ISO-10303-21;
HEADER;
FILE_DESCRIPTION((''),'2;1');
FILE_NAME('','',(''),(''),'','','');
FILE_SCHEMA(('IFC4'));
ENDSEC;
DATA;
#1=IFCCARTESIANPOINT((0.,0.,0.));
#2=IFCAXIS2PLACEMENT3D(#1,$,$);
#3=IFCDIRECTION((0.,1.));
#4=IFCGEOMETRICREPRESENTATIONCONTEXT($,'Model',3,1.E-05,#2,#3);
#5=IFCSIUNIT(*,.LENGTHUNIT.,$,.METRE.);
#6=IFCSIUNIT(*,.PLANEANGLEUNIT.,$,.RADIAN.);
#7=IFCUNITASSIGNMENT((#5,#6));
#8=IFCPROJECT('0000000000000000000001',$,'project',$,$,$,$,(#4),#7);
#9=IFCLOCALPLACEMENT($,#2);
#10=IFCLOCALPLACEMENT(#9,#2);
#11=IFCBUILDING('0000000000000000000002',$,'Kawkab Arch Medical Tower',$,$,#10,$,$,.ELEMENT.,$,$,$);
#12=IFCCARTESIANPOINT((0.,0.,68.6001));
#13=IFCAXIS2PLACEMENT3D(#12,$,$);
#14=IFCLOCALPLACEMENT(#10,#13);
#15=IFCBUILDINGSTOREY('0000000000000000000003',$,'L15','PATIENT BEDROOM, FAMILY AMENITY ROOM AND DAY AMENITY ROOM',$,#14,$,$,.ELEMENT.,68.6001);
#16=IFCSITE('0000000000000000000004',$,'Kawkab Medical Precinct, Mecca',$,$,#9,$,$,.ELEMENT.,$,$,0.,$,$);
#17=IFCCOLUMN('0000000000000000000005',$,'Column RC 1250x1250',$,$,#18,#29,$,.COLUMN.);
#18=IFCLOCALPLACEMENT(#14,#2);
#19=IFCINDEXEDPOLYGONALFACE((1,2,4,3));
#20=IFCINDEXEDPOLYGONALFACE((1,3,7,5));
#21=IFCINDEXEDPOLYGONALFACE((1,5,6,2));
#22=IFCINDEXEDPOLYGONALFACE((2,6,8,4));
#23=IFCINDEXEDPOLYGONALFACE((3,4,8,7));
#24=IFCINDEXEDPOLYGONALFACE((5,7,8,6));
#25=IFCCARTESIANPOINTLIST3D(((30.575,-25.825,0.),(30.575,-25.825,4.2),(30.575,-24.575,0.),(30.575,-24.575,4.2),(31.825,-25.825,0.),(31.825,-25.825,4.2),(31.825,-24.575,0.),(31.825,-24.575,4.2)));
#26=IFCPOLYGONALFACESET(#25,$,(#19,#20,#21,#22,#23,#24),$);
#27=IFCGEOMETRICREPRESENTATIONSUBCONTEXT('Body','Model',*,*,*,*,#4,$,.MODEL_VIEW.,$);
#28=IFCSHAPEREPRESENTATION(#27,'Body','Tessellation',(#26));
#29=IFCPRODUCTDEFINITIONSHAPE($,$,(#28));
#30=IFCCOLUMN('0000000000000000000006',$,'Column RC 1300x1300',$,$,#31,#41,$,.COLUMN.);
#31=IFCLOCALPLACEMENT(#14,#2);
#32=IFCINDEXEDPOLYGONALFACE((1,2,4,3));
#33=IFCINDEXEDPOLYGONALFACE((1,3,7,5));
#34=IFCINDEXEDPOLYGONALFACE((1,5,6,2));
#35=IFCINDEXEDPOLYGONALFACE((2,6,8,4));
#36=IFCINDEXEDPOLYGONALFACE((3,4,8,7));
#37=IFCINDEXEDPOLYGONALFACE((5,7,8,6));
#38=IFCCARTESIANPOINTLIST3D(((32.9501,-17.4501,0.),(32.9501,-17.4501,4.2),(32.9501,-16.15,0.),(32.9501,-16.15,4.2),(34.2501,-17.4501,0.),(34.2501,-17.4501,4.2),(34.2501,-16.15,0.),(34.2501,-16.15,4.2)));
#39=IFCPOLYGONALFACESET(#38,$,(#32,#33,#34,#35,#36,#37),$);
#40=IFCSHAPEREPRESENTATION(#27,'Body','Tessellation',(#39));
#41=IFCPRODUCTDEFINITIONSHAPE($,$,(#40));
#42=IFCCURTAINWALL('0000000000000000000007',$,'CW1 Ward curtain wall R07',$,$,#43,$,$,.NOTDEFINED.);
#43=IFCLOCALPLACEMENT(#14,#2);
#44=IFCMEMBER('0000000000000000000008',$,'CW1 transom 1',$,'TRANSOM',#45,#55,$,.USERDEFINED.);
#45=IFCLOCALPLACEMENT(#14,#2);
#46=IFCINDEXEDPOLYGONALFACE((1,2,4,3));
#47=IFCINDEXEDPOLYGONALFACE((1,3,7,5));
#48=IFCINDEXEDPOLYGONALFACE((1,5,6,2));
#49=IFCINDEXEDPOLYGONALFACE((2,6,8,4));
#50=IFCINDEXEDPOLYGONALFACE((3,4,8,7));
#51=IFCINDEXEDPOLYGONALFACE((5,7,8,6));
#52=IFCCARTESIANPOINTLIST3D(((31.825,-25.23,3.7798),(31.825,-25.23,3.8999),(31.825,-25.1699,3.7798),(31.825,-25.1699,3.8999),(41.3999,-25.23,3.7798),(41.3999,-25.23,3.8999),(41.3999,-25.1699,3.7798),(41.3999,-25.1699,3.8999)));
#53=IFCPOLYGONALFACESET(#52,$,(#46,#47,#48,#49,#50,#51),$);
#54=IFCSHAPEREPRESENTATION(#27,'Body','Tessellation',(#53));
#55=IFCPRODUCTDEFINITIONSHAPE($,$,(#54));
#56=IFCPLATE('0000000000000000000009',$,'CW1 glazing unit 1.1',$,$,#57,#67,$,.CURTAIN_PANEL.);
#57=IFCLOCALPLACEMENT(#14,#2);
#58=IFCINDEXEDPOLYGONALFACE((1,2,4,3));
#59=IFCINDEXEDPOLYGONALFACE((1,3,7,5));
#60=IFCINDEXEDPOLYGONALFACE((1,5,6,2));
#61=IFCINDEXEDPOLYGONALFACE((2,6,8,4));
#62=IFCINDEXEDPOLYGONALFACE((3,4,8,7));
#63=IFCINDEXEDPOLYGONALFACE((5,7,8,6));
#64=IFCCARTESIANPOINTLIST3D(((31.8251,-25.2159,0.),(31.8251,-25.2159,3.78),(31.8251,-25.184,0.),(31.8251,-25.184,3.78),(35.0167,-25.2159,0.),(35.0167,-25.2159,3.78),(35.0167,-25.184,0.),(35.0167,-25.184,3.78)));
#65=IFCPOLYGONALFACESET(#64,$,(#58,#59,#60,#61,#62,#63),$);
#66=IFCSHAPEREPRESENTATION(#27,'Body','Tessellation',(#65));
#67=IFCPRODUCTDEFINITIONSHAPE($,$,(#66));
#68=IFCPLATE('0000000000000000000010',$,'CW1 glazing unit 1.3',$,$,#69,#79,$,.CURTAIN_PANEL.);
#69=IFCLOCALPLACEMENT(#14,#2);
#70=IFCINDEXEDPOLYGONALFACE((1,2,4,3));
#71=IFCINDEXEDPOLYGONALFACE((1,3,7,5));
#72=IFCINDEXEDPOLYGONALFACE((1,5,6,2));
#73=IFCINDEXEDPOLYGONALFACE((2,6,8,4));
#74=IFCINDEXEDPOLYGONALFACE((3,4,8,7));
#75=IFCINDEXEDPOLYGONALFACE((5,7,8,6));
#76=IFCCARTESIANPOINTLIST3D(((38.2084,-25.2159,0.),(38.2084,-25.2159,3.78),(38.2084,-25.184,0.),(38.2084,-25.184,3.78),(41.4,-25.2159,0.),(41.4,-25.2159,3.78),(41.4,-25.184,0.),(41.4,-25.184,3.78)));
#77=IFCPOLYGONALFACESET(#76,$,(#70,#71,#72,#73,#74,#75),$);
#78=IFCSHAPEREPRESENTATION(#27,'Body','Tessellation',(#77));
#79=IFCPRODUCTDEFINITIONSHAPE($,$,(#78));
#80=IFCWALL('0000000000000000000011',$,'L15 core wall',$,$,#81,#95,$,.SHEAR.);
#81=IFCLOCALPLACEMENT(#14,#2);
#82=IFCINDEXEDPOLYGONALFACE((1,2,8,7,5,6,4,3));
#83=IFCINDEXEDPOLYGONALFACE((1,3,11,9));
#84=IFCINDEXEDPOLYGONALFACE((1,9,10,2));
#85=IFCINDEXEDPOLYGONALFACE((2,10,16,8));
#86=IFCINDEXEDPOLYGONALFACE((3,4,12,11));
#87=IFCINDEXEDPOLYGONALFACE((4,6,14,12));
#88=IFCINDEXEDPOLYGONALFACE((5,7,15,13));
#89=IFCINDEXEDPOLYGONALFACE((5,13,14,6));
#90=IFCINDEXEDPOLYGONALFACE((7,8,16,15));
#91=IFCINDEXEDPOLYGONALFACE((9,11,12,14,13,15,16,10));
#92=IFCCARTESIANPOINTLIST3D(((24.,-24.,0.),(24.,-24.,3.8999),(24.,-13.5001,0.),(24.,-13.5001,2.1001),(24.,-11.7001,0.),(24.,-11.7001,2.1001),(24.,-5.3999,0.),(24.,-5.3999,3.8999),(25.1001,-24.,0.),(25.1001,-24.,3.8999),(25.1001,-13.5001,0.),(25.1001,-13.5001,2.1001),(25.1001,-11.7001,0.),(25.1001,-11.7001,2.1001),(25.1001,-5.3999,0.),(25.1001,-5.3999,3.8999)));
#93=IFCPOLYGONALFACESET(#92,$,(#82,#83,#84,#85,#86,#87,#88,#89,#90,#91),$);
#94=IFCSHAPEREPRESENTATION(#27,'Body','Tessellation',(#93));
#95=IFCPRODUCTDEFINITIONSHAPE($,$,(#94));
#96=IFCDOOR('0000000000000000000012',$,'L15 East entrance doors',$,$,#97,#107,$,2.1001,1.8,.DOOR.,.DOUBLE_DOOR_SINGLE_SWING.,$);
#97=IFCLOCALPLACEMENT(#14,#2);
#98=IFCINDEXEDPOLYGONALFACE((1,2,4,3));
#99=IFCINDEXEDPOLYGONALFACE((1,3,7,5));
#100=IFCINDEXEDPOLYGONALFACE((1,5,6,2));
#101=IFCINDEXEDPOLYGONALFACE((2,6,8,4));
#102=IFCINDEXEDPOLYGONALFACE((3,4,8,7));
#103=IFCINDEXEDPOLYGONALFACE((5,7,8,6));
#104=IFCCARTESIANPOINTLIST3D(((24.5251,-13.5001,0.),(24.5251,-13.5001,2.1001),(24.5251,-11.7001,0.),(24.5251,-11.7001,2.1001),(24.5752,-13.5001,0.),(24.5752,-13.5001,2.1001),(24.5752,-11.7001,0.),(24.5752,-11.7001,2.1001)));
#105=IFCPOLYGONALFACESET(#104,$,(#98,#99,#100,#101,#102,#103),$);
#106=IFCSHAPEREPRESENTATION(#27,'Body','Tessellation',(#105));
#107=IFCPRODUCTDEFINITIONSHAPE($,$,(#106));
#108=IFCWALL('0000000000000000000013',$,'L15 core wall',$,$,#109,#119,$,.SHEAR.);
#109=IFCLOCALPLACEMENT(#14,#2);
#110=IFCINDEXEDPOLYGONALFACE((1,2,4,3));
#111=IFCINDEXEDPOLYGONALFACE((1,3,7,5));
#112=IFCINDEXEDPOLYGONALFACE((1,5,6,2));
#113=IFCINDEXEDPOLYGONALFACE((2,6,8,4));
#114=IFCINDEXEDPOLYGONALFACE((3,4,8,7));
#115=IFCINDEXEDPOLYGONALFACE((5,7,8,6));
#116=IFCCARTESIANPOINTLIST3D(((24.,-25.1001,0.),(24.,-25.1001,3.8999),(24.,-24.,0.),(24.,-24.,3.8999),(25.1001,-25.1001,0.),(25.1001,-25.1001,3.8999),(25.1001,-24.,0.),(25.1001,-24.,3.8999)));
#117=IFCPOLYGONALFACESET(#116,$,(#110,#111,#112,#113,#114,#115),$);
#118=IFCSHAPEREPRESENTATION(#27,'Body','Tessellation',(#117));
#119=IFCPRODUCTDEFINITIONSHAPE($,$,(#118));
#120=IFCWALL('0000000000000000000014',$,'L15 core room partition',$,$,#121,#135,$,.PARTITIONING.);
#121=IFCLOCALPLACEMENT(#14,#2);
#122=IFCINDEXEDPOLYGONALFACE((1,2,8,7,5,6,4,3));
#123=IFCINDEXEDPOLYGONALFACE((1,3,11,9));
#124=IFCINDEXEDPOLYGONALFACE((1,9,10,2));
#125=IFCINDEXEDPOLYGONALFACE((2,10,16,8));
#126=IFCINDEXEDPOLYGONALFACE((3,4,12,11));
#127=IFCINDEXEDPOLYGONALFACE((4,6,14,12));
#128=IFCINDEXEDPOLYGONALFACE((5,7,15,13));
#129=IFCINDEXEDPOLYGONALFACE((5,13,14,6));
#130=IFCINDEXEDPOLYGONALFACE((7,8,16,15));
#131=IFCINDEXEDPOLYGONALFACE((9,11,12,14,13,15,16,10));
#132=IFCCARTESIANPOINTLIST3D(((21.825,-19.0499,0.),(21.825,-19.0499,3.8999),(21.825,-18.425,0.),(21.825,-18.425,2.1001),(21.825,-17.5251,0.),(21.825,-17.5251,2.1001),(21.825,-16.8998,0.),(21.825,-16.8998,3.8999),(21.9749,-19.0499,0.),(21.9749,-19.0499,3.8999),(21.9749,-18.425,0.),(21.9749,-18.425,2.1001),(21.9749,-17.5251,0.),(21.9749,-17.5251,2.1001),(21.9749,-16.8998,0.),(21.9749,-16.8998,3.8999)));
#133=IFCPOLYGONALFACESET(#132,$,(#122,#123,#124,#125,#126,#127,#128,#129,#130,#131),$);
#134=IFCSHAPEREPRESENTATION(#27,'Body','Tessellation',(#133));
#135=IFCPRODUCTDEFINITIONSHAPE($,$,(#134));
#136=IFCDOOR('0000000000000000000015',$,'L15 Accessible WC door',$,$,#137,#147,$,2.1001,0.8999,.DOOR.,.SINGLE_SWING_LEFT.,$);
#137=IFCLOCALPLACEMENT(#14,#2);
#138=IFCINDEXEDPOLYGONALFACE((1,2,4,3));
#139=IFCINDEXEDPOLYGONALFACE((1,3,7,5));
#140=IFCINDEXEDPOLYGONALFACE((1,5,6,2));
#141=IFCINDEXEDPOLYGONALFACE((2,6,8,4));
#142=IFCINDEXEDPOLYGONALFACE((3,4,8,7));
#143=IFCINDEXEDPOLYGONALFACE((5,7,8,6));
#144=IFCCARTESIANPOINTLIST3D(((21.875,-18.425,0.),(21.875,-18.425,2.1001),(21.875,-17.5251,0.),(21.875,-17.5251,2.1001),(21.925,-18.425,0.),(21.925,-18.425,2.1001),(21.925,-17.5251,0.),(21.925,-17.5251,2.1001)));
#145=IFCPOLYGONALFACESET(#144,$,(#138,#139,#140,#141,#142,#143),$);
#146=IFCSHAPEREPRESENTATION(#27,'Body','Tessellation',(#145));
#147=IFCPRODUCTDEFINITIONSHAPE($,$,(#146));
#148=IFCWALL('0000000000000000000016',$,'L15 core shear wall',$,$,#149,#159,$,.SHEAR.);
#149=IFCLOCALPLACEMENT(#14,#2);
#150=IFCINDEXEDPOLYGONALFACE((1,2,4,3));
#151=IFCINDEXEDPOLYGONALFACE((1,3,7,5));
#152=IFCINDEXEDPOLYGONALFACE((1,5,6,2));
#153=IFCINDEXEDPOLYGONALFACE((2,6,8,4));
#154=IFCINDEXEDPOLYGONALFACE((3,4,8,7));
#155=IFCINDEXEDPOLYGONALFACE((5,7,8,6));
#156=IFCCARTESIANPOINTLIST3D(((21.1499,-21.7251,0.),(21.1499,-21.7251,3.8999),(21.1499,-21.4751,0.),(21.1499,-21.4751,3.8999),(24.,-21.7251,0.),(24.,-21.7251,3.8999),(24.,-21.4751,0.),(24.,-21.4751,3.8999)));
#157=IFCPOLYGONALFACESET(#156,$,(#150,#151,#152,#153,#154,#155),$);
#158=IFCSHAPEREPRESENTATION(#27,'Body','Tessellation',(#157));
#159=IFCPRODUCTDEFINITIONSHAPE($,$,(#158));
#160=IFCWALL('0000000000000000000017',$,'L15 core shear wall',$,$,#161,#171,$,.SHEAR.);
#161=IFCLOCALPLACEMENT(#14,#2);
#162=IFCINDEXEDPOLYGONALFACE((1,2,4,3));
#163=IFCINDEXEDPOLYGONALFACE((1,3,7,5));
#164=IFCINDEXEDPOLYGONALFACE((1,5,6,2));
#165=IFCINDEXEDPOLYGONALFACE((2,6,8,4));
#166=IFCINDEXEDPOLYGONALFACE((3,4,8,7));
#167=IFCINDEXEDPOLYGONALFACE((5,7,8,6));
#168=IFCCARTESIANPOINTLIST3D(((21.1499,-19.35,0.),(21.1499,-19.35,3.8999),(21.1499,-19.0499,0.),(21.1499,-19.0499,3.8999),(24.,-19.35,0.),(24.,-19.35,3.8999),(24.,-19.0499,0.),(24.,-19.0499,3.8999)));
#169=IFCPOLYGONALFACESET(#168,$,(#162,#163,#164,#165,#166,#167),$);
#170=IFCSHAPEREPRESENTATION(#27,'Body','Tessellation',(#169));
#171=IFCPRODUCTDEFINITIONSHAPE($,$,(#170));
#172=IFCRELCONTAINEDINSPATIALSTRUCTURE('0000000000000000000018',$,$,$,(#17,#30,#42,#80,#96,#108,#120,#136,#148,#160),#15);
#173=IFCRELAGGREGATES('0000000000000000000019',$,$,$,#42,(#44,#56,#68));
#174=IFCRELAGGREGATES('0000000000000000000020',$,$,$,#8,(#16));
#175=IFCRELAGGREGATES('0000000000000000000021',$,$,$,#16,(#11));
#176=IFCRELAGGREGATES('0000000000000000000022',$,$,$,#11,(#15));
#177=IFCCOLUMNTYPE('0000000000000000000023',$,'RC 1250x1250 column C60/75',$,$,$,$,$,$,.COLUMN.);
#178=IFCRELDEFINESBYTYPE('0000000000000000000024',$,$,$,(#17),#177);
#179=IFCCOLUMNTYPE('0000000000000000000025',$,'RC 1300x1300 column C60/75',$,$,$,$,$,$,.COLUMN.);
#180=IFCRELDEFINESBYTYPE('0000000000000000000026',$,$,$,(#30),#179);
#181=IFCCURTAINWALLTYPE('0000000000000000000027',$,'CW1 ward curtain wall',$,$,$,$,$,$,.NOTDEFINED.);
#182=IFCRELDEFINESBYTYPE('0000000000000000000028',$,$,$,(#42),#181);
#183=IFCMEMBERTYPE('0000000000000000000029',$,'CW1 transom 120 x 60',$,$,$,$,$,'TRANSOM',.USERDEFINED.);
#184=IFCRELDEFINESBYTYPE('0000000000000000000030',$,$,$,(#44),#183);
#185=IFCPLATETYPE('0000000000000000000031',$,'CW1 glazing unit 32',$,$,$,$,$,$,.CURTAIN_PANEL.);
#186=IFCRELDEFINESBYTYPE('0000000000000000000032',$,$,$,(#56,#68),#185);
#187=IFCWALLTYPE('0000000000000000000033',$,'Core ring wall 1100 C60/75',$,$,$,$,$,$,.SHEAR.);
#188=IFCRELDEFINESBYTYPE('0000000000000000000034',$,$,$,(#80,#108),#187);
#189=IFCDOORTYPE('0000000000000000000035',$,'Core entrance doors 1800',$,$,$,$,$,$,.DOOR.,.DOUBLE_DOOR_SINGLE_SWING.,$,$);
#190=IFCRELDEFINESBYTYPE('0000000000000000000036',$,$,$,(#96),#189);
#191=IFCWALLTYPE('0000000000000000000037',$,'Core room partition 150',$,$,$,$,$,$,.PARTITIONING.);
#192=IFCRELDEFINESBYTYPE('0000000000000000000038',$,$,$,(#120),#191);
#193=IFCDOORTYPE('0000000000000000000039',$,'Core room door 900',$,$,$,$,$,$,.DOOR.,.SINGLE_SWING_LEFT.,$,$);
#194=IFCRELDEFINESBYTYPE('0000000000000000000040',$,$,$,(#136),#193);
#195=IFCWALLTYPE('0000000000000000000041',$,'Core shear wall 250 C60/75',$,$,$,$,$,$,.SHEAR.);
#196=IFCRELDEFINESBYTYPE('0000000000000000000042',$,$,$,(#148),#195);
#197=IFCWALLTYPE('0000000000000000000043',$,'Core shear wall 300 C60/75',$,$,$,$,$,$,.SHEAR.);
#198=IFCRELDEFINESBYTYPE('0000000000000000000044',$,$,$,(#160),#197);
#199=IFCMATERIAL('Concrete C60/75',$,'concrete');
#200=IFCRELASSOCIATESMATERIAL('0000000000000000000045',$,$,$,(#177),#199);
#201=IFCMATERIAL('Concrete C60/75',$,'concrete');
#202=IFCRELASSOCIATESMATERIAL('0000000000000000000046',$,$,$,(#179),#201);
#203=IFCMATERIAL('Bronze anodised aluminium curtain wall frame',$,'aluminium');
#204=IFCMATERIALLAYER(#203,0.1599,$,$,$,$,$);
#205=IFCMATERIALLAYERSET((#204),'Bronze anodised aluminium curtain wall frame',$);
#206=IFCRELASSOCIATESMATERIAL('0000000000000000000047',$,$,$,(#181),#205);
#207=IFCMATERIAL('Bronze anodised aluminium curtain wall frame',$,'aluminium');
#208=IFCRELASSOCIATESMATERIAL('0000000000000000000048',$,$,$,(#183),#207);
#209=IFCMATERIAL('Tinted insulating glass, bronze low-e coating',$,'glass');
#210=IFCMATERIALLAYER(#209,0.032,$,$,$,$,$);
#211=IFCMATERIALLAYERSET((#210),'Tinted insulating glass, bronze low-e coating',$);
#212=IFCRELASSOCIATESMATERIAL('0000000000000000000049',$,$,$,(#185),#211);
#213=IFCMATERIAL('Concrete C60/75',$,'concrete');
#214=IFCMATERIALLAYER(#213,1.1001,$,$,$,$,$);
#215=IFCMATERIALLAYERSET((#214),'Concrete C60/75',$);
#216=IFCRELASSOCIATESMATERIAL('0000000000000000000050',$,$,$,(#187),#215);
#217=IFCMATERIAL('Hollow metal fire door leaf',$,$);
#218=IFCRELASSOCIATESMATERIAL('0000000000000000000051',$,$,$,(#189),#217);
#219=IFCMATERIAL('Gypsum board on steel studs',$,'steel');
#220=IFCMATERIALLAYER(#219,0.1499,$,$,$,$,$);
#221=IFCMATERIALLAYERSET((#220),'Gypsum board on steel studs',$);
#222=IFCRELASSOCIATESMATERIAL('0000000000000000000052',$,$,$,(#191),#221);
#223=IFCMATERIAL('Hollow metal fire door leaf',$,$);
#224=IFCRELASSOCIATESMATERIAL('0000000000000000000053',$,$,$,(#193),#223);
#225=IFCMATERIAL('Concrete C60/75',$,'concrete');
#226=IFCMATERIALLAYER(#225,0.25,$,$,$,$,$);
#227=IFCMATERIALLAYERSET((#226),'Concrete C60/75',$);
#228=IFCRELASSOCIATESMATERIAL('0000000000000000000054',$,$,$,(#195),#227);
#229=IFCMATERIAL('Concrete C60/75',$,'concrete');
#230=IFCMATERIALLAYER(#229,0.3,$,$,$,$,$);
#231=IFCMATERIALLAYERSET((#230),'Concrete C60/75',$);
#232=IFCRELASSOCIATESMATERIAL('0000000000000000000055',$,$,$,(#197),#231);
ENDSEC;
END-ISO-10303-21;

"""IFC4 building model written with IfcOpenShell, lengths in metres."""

from ifc_helpers import new_model, si_unit, direction, frame, frame_2d, origin, origin_2d, place, context, subcontext, project, spatial, rectangle, extrude, material, layer, layer_set, material_profile, profile_set, type_object, element, fill, aggregate, save


model = new_model("IFC4")

# Units and contexts
model_context = context("Model", 3, precision=1e-05, world=origin(), true_north=direction((0.0, 1.0)))
body_context = subcontext(model_context, "Body", "Model", "MODEL_VIEW")
ifc_project = project(units=[si_unit("LENGTHUNIT", "METRE"), si_unit("PLANEANGLEUNIT", "RADIAN")], contexts=[model_context])

# Site, building, storey
site_placement = place(None, origin())
site = spatial("IfcSite", under=ifc_project, at=site_placement, Name="Kawkab Medical Precinct, Mecca", CompositionType="ELEMENT", RefElevation=0.0)
building_placement = place(site_placement, origin())
building = spatial("IfcBuilding", under=site, at=building_placement, Name="Kawkab Arch Medical Tower", CompositionType="ELEMENT")
storey_placement = place(building_placement, frame((0.0, 0.0, 68.6001)))
storey = spatial("IfcBuildingStorey", under=building, at=storey_placement, Name="L15", Description="PATIENT BEDROOM, FAMILY AMENITY ROOM AND DAY AMENITY ROOM", CompositionType="ELEMENT", Elevation=68.6001)

# Columns
ifc_material_1 = material(Name="Concrete C60/75", Category="concrete")
ifc_material_profile_1 = material_profile(ifc_material_1, rectangle(XDim=1.25, YDim=1.25, at=origin_2d()), Name="RC 1250x1250")
ifc_profile_set_1 = profile_set([ifc_material_profile_1], Name="Concrete C60/75")
column_type_1 = type_object("IfcColumnType", Name="RC 1250x1250 column C60/75", PredefinedType="COLUMN", material=ifc_profile_set_1)
column_1_placement = place(storey_placement, frame((31.2, -25.2, 0.0), z_axis=(0.0, 0.0, 1.0), x_axis=(1.0, 0.0, 0.0)))
element("IfcColumn", 1, at=column_1_placement, inside=storey, type_object=column_type_1, Name="Column RC 1250x1250", PredefinedType="COLUMN", context=body_context, shape_type="SweptSolid", body=[
    extrude(rectangle(XDim=1.25, YDim=1.25, at=origin_2d()), origin(), (0.0, 0.0, 1.0), 4.2),
])
ifc_material_2 = material(Name="Concrete C60/75", Category="concrete")
ifc_material_profile_2 = material_profile(ifc_material_2, rectangle(XDim=1.3, YDim=1.3, at=origin_2d()), Name="RC 1300x1300")
ifc_profile_set_2 = profile_set([ifc_material_profile_2], Name="Concrete C60/75")
column_type_2 = type_object("IfcColumnType", Name="RC 1300x1300 column C60/75", PredefinedType="COLUMN", material=ifc_profile_set_2)
column_2_placement = place(storey_placement, frame((33.6001, -16.8, 0.0), z_axis=(0.0, 0.0, 1.0), x_axis=(1.0, 0.0, 0.0)))
element("IfcColumn", 2, at=column_2_placement, inside=storey, type_object=column_type_2, Name="Column RC 1300x1300", PredefinedType="COLUMN", context=body_context, shape_type="SweptSolid", body=[
    extrude(rectangle(XDim=1.3, YDim=1.3, at=origin_2d()), origin(), (0.0, 0.0, 1.0), 4.2),
])

# Curtain wall, member, plates
ifc_material_3 = material(Name="Bronze anodised aluminium curtain wall frame", Category="aluminium")
ifc_layer_1 = layer(ifc_material_3, 0.1599)
ifc_layer_set_1 = layer_set([ifc_layer_1], Name="Bronze anodised aluminium curtain wall frame")
curtain_wall_type = type_object("IfcCurtainWallType", Name="CW1 ward curtain wall", PredefinedType="NOTDEFINED", material=ifc_layer_set_1)
curtain_wall_placement = place(storey_placement, origin())
curtain_wall = element("IfcCurtainWall", 3, at=curtain_wall_placement, inside=storey, type_object=curtain_wall_type, Name="CW1 Ward curtain wall R07", PredefinedType="NOTDEFINED")
ifc_material_4 = material(Name="Bronze anodised aluminium curtain wall frame", Category="aluminium")
ifc_material_profile_3 = material_profile(ifc_material_4, rectangle(XDim=0.0601, YDim=0.1201, at=origin_2d()), Name="AL 60x120")
ifc_profile_set_3 = profile_set([ifc_material_profile_3], Name="Bronze anodised aluminium curtain wall frame")
member_type = type_object("IfcMemberType", Name="CW1 transom 120 x 60", ElementType="TRANSOM", PredefinedType="USERDEFINED", material=ifc_profile_set_3)
member_placement = place(storey_placement, frame((31.825, -25.2, 3.8398), z_axis=(1.0, 0.0, 0.0), x_axis=(0.0, 1.0, 0.0)))
member = element("IfcMember", 4, at=member_placement, type_object=member_type, Name="CW1 transom 1", ObjectType="TRANSOM", PredefinedType="USERDEFINED", context=body_context, shape_type="SweptSolid", body=[
    extrude(rectangle(XDim=0.0601, YDim=0.1201, at=origin_2d()), origin(), (0.0, 0.0, 1.0), 9.575),
])
ifc_material_5 = material(Name="Tinted insulating glass, bronze low-e coating", Category="glass")
ifc_layer_2 = layer(ifc_material_5, 0.032)
ifc_layer_set_2 = layer_set([ifc_layer_2], Name="Tinted insulating glass, bronze low-e coating")
plate_type = type_object("IfcPlateType", Name="CW1 glazing unit 32", PredefinedType="CURTAIN_PANEL", material=ifc_layer_set_2)
plate_1_placement = place(storey_placement, frame((33.4209, -25.2, 0.0), z_axis=(0.0, 0.0, 1.0), x_axis=(1.0, 0.0, 0.0)))
plate_1 = element("IfcPlate", 5, at=plate_1_placement, type_object=plate_type, Name="CW1 glazing unit 1.1", PredefinedType="CURTAIN_PANEL", context=body_context, shape_type="SweptSolid", body=[
    extrude(rectangle(XDim=3.1917, YDim=0.032, at=origin_2d()), origin(), (0.0, 0.0, 1.0), 3.78),
])
plate_2_placement = place(storey_placement, frame((39.8042, -25.2, 0.0), z_axis=(0.0, 0.0, 1.0), x_axis=(1.0, 0.0, 0.0)))
plate_2 = element("IfcPlate", 6, at=plate_2_placement, type_object=plate_type, Name="CW1 glazing unit 1.3", PredefinedType="CURTAIN_PANEL", context=body_context, shape_type="SweptSolid", body=[
    extrude(rectangle(XDim=3.1917, YDim=0.032, at=origin_2d()), origin(), (0.0, 0.0, 1.0), 3.78),
])
aggregate(curtain_wall, [member, plate_1, plate_2])

# Wall, opening, door
ifc_material_6 = material(Name="Concrete C60/75", Category="concrete")
ifc_layer_3 = layer(ifc_material_6, 1.1001)
ifc_layer_set_3 = layer_set([ifc_layer_3], Name="Concrete C60/75")
wall_type_1 = type_object("IfcWallType", Name="Core ring wall 1100 C60/75", PredefinedType="SHEAR", material=ifc_layer_set_3)
wall_1_placement = place(storey_placement, frame((24.55, -24.0, 0.0), z_axis=(0.0, 0.0, 1.0), x_axis=(0.0, 1.0, 0.0)))
wall_1 = element("IfcWall", 7, at=wall_1_placement, inside=storey, type_object=wall_type_1, Name="L15 core wall", PredefinedType="SHEAR", context=body_context, shape_type="SweptSolid", body=[
    extrude(rectangle(XDim=18.6001, YDim=1.1001, at=frame_2d((9.3, 0.0))), origin(), (0.0, 0.0, 1.0), 3.8999),
])
opening_1_placement = place(wall_1_placement, frame((10.5, 0.0, 0.0)))
opening_1 = element("IfcOpeningElement", 8, at=opening_1_placement, cuts=wall_1, PredefinedType="OPENING", context=body_context, shape_type="SweptSolid", body=[
    extrude(rectangle(XDim=1.8, YDim=2.1001, at=frame_2d((0.8999, 1.05))), frame((0.0, 0.5601, 0.0), z_axis=(0.0, -1.0, 0.0), x_axis=(1.0, 0.0, 0.0)), (0.0, 0.0, 1.0), 1.1201),
])
ifc_material_7 = material(Name="Hollow metal fire door leaf")
door_type_1 = type_object("IfcDoorType", Name="Core entrance doors 1800", OperationType="DOUBLE_DOOR_SINGLE_SWING", PredefinedType="DOOR", material=ifc_material_7)
door_1_placement = place(opening_1_placement, origin())
door_1 = element("IfcDoor", 9, at=door_1_placement, inside=storey, type_object=door_type_1, Name="L15 East entrance doors", OperationType="DOUBLE_DOOR_SINGLE_SWING", OverallHeight=2.1001, OverallWidth=1.8, PredefinedType="DOOR", context=body_context, shape_type="SweptSolid", body=[
    extrude(rectangle(XDim=1.8, YDim=2.1001, at=frame_2d((0.8999, 1.05))), frame((0.0, 0.0249, 0.0), z_axis=(0.0, -1.0, 0.0), x_axis=(1.0, 0.0, 0.0)), (0.0, 0.0, 1.0), 0.05),
])
fill(opening_1, door_1)

# Wall
wall_2_placement = place(storey_placement, frame((24.55, -25.1001, 0.0), z_axis=(0.0, 0.0, 1.0), x_axis=(0.0, 1.0, 0.0)))
element("IfcWall", 10, at=wall_2_placement, inside=storey, type_object=wall_type_1, Name="L15 core wall", PredefinedType="SHEAR", context=body_context, shape_type="SweptSolid", body=[
    extrude(rectangle(XDim=1.1001, YDim=1.1001, at=frame_2d((0.55, 0.0))), origin(), (0.0, 0.0, 1.0), 3.8999),
])

# Wall, opening, door
ifc_material_8 = material(Name="Gypsum board on steel studs", Category="steel")
ifc_layer_4 = layer(ifc_material_8, 0.1499)
ifc_layer_set_4 = layer_set([ifc_layer_4], Name="Gypsum board on steel studs")
wall_type_2 = type_object("IfcWallType", Name="Core room partition 150", PredefinedType="PARTITIONING", material=ifc_layer_set_4)
wall_3_placement = place(storey_placement, frame((21.8999, -19.05, 0.0), z_axis=(0.0, 0.0, 1.0), x_axis=(0.0, 1.0, 0.0)))
wall_3 = element("IfcWall", 11, at=wall_3_placement, inside=storey, type_object=wall_type_2, Name="L15 core room partition", PredefinedType="PARTITIONING", context=body_context, shape_type="SweptSolid", body=[
    extrude(rectangle(XDim=2.1501, YDim=0.1499, at=frame_2d((1.0752, 0.0))), origin(), (0.0, 0.0, 1.0), 3.8999),
])
opening_2_placement = place(wall_3_placement, frame((0.625, 0.0, 0.0)))
opening_2 = element("IfcOpeningElement", 12, at=opening_2_placement, cuts=wall_3, PredefinedType="OPENING", context=body_context, shape_type="SweptSolid", body=[
    extrude(rectangle(XDim=0.8999, YDim=2.1001, at=frame_2d((0.45, 1.05))), frame((0.0, 0.085, 0.0), z_axis=(0.0, -1.0, 0.0), x_axis=(1.0, 0.0, 0.0)), (0.0, 0.0, 1.0), 0.1699),
])
ifc_material_9 = material(Name="Hollow metal fire door leaf")
door_type_2 = type_object("IfcDoorType", Name="Core room door 900", OperationType="SINGLE_SWING_LEFT", PredefinedType="DOOR", material=ifc_material_9)
door_2_placement = place(opening_2_placement, origin())
door_2 = element("IfcDoor", 13, at=door_2_placement, inside=storey, type_object=door_type_2, Name="L15 Accessible WC door", OperationType="SINGLE_SWING_LEFT", OverallHeight=2.1001, OverallWidth=0.8999, PredefinedType="DOOR", context=body_context, shape_type="SweptSolid", body=[
    extrude(rectangle(XDim=0.8999, YDim=2.1001, at=frame_2d((0.45, 1.05))), frame((0.0, 0.0249, 0.0), z_axis=(0.0, -1.0, 0.0), x_axis=(1.0, 0.0, 0.0)), (0.0, 0.0, 1.0), 0.05),
])
fill(opening_2, door_2)

# Walls
ifc_material_10 = material(Name="Concrete C60/75", Category="concrete")
ifc_layer_5 = layer(ifc_material_10, 0.25)
ifc_layer_set_5 = layer_set([ifc_layer_5], Name="Concrete C60/75")
wall_type_3 = type_object("IfcWallType", Name="Core shear wall 250 C60/75", PredefinedType="SHEAR", material=ifc_layer_set_5)
wall_4_placement = place(storey_placement, frame((21.1499, -21.6001, 0.0), z_axis=(0.0, 0.0, 1.0), x_axis=(1.0, 0.0, 0.0)))
element("IfcWall", 14, at=wall_4_placement, inside=storey, type_object=wall_type_3, Name="L15 core shear wall", PredefinedType="SHEAR", context=body_context, shape_type="SweptSolid", body=[
    extrude(rectangle(XDim=2.8501, YDim=0.25, at=frame_2d((1.425, 0.0))), origin(), (0.0, 0.0, 1.0), 3.8999),
])
ifc_material_11 = material(Name="Concrete C60/75", Category="concrete")
ifc_layer_6 = layer(ifc_material_11, 0.3)
ifc_layer_set_6 = layer_set([ifc_layer_6], Name="Concrete C60/75")
wall_type_4 = type_object("IfcWallType", Name="Core shear wall 300 C60/75", PredefinedType="SHEAR", material=ifc_layer_set_6)
wall_5_placement = place(storey_placement, frame((21.1499, -19.2, 0.0), z_axis=(0.0, 0.0, 1.0), x_axis=(1.0, 0.0, 0.0)))
element("IfcWall", 15, at=wall_5_placement, inside=storey, type_object=wall_type_4, Name="L15 core shear wall", PredefinedType="SHEAR", context=body_context, shape_type="SweptSolid", body=[
    extrude(rectangle(XDim=2.8501, YDim=0.3, at=frame_2d((1.425, 0.0))), origin(), (0.0, 0.0, 1.0), 3.8999),
])

save(model, "model.ifc")
